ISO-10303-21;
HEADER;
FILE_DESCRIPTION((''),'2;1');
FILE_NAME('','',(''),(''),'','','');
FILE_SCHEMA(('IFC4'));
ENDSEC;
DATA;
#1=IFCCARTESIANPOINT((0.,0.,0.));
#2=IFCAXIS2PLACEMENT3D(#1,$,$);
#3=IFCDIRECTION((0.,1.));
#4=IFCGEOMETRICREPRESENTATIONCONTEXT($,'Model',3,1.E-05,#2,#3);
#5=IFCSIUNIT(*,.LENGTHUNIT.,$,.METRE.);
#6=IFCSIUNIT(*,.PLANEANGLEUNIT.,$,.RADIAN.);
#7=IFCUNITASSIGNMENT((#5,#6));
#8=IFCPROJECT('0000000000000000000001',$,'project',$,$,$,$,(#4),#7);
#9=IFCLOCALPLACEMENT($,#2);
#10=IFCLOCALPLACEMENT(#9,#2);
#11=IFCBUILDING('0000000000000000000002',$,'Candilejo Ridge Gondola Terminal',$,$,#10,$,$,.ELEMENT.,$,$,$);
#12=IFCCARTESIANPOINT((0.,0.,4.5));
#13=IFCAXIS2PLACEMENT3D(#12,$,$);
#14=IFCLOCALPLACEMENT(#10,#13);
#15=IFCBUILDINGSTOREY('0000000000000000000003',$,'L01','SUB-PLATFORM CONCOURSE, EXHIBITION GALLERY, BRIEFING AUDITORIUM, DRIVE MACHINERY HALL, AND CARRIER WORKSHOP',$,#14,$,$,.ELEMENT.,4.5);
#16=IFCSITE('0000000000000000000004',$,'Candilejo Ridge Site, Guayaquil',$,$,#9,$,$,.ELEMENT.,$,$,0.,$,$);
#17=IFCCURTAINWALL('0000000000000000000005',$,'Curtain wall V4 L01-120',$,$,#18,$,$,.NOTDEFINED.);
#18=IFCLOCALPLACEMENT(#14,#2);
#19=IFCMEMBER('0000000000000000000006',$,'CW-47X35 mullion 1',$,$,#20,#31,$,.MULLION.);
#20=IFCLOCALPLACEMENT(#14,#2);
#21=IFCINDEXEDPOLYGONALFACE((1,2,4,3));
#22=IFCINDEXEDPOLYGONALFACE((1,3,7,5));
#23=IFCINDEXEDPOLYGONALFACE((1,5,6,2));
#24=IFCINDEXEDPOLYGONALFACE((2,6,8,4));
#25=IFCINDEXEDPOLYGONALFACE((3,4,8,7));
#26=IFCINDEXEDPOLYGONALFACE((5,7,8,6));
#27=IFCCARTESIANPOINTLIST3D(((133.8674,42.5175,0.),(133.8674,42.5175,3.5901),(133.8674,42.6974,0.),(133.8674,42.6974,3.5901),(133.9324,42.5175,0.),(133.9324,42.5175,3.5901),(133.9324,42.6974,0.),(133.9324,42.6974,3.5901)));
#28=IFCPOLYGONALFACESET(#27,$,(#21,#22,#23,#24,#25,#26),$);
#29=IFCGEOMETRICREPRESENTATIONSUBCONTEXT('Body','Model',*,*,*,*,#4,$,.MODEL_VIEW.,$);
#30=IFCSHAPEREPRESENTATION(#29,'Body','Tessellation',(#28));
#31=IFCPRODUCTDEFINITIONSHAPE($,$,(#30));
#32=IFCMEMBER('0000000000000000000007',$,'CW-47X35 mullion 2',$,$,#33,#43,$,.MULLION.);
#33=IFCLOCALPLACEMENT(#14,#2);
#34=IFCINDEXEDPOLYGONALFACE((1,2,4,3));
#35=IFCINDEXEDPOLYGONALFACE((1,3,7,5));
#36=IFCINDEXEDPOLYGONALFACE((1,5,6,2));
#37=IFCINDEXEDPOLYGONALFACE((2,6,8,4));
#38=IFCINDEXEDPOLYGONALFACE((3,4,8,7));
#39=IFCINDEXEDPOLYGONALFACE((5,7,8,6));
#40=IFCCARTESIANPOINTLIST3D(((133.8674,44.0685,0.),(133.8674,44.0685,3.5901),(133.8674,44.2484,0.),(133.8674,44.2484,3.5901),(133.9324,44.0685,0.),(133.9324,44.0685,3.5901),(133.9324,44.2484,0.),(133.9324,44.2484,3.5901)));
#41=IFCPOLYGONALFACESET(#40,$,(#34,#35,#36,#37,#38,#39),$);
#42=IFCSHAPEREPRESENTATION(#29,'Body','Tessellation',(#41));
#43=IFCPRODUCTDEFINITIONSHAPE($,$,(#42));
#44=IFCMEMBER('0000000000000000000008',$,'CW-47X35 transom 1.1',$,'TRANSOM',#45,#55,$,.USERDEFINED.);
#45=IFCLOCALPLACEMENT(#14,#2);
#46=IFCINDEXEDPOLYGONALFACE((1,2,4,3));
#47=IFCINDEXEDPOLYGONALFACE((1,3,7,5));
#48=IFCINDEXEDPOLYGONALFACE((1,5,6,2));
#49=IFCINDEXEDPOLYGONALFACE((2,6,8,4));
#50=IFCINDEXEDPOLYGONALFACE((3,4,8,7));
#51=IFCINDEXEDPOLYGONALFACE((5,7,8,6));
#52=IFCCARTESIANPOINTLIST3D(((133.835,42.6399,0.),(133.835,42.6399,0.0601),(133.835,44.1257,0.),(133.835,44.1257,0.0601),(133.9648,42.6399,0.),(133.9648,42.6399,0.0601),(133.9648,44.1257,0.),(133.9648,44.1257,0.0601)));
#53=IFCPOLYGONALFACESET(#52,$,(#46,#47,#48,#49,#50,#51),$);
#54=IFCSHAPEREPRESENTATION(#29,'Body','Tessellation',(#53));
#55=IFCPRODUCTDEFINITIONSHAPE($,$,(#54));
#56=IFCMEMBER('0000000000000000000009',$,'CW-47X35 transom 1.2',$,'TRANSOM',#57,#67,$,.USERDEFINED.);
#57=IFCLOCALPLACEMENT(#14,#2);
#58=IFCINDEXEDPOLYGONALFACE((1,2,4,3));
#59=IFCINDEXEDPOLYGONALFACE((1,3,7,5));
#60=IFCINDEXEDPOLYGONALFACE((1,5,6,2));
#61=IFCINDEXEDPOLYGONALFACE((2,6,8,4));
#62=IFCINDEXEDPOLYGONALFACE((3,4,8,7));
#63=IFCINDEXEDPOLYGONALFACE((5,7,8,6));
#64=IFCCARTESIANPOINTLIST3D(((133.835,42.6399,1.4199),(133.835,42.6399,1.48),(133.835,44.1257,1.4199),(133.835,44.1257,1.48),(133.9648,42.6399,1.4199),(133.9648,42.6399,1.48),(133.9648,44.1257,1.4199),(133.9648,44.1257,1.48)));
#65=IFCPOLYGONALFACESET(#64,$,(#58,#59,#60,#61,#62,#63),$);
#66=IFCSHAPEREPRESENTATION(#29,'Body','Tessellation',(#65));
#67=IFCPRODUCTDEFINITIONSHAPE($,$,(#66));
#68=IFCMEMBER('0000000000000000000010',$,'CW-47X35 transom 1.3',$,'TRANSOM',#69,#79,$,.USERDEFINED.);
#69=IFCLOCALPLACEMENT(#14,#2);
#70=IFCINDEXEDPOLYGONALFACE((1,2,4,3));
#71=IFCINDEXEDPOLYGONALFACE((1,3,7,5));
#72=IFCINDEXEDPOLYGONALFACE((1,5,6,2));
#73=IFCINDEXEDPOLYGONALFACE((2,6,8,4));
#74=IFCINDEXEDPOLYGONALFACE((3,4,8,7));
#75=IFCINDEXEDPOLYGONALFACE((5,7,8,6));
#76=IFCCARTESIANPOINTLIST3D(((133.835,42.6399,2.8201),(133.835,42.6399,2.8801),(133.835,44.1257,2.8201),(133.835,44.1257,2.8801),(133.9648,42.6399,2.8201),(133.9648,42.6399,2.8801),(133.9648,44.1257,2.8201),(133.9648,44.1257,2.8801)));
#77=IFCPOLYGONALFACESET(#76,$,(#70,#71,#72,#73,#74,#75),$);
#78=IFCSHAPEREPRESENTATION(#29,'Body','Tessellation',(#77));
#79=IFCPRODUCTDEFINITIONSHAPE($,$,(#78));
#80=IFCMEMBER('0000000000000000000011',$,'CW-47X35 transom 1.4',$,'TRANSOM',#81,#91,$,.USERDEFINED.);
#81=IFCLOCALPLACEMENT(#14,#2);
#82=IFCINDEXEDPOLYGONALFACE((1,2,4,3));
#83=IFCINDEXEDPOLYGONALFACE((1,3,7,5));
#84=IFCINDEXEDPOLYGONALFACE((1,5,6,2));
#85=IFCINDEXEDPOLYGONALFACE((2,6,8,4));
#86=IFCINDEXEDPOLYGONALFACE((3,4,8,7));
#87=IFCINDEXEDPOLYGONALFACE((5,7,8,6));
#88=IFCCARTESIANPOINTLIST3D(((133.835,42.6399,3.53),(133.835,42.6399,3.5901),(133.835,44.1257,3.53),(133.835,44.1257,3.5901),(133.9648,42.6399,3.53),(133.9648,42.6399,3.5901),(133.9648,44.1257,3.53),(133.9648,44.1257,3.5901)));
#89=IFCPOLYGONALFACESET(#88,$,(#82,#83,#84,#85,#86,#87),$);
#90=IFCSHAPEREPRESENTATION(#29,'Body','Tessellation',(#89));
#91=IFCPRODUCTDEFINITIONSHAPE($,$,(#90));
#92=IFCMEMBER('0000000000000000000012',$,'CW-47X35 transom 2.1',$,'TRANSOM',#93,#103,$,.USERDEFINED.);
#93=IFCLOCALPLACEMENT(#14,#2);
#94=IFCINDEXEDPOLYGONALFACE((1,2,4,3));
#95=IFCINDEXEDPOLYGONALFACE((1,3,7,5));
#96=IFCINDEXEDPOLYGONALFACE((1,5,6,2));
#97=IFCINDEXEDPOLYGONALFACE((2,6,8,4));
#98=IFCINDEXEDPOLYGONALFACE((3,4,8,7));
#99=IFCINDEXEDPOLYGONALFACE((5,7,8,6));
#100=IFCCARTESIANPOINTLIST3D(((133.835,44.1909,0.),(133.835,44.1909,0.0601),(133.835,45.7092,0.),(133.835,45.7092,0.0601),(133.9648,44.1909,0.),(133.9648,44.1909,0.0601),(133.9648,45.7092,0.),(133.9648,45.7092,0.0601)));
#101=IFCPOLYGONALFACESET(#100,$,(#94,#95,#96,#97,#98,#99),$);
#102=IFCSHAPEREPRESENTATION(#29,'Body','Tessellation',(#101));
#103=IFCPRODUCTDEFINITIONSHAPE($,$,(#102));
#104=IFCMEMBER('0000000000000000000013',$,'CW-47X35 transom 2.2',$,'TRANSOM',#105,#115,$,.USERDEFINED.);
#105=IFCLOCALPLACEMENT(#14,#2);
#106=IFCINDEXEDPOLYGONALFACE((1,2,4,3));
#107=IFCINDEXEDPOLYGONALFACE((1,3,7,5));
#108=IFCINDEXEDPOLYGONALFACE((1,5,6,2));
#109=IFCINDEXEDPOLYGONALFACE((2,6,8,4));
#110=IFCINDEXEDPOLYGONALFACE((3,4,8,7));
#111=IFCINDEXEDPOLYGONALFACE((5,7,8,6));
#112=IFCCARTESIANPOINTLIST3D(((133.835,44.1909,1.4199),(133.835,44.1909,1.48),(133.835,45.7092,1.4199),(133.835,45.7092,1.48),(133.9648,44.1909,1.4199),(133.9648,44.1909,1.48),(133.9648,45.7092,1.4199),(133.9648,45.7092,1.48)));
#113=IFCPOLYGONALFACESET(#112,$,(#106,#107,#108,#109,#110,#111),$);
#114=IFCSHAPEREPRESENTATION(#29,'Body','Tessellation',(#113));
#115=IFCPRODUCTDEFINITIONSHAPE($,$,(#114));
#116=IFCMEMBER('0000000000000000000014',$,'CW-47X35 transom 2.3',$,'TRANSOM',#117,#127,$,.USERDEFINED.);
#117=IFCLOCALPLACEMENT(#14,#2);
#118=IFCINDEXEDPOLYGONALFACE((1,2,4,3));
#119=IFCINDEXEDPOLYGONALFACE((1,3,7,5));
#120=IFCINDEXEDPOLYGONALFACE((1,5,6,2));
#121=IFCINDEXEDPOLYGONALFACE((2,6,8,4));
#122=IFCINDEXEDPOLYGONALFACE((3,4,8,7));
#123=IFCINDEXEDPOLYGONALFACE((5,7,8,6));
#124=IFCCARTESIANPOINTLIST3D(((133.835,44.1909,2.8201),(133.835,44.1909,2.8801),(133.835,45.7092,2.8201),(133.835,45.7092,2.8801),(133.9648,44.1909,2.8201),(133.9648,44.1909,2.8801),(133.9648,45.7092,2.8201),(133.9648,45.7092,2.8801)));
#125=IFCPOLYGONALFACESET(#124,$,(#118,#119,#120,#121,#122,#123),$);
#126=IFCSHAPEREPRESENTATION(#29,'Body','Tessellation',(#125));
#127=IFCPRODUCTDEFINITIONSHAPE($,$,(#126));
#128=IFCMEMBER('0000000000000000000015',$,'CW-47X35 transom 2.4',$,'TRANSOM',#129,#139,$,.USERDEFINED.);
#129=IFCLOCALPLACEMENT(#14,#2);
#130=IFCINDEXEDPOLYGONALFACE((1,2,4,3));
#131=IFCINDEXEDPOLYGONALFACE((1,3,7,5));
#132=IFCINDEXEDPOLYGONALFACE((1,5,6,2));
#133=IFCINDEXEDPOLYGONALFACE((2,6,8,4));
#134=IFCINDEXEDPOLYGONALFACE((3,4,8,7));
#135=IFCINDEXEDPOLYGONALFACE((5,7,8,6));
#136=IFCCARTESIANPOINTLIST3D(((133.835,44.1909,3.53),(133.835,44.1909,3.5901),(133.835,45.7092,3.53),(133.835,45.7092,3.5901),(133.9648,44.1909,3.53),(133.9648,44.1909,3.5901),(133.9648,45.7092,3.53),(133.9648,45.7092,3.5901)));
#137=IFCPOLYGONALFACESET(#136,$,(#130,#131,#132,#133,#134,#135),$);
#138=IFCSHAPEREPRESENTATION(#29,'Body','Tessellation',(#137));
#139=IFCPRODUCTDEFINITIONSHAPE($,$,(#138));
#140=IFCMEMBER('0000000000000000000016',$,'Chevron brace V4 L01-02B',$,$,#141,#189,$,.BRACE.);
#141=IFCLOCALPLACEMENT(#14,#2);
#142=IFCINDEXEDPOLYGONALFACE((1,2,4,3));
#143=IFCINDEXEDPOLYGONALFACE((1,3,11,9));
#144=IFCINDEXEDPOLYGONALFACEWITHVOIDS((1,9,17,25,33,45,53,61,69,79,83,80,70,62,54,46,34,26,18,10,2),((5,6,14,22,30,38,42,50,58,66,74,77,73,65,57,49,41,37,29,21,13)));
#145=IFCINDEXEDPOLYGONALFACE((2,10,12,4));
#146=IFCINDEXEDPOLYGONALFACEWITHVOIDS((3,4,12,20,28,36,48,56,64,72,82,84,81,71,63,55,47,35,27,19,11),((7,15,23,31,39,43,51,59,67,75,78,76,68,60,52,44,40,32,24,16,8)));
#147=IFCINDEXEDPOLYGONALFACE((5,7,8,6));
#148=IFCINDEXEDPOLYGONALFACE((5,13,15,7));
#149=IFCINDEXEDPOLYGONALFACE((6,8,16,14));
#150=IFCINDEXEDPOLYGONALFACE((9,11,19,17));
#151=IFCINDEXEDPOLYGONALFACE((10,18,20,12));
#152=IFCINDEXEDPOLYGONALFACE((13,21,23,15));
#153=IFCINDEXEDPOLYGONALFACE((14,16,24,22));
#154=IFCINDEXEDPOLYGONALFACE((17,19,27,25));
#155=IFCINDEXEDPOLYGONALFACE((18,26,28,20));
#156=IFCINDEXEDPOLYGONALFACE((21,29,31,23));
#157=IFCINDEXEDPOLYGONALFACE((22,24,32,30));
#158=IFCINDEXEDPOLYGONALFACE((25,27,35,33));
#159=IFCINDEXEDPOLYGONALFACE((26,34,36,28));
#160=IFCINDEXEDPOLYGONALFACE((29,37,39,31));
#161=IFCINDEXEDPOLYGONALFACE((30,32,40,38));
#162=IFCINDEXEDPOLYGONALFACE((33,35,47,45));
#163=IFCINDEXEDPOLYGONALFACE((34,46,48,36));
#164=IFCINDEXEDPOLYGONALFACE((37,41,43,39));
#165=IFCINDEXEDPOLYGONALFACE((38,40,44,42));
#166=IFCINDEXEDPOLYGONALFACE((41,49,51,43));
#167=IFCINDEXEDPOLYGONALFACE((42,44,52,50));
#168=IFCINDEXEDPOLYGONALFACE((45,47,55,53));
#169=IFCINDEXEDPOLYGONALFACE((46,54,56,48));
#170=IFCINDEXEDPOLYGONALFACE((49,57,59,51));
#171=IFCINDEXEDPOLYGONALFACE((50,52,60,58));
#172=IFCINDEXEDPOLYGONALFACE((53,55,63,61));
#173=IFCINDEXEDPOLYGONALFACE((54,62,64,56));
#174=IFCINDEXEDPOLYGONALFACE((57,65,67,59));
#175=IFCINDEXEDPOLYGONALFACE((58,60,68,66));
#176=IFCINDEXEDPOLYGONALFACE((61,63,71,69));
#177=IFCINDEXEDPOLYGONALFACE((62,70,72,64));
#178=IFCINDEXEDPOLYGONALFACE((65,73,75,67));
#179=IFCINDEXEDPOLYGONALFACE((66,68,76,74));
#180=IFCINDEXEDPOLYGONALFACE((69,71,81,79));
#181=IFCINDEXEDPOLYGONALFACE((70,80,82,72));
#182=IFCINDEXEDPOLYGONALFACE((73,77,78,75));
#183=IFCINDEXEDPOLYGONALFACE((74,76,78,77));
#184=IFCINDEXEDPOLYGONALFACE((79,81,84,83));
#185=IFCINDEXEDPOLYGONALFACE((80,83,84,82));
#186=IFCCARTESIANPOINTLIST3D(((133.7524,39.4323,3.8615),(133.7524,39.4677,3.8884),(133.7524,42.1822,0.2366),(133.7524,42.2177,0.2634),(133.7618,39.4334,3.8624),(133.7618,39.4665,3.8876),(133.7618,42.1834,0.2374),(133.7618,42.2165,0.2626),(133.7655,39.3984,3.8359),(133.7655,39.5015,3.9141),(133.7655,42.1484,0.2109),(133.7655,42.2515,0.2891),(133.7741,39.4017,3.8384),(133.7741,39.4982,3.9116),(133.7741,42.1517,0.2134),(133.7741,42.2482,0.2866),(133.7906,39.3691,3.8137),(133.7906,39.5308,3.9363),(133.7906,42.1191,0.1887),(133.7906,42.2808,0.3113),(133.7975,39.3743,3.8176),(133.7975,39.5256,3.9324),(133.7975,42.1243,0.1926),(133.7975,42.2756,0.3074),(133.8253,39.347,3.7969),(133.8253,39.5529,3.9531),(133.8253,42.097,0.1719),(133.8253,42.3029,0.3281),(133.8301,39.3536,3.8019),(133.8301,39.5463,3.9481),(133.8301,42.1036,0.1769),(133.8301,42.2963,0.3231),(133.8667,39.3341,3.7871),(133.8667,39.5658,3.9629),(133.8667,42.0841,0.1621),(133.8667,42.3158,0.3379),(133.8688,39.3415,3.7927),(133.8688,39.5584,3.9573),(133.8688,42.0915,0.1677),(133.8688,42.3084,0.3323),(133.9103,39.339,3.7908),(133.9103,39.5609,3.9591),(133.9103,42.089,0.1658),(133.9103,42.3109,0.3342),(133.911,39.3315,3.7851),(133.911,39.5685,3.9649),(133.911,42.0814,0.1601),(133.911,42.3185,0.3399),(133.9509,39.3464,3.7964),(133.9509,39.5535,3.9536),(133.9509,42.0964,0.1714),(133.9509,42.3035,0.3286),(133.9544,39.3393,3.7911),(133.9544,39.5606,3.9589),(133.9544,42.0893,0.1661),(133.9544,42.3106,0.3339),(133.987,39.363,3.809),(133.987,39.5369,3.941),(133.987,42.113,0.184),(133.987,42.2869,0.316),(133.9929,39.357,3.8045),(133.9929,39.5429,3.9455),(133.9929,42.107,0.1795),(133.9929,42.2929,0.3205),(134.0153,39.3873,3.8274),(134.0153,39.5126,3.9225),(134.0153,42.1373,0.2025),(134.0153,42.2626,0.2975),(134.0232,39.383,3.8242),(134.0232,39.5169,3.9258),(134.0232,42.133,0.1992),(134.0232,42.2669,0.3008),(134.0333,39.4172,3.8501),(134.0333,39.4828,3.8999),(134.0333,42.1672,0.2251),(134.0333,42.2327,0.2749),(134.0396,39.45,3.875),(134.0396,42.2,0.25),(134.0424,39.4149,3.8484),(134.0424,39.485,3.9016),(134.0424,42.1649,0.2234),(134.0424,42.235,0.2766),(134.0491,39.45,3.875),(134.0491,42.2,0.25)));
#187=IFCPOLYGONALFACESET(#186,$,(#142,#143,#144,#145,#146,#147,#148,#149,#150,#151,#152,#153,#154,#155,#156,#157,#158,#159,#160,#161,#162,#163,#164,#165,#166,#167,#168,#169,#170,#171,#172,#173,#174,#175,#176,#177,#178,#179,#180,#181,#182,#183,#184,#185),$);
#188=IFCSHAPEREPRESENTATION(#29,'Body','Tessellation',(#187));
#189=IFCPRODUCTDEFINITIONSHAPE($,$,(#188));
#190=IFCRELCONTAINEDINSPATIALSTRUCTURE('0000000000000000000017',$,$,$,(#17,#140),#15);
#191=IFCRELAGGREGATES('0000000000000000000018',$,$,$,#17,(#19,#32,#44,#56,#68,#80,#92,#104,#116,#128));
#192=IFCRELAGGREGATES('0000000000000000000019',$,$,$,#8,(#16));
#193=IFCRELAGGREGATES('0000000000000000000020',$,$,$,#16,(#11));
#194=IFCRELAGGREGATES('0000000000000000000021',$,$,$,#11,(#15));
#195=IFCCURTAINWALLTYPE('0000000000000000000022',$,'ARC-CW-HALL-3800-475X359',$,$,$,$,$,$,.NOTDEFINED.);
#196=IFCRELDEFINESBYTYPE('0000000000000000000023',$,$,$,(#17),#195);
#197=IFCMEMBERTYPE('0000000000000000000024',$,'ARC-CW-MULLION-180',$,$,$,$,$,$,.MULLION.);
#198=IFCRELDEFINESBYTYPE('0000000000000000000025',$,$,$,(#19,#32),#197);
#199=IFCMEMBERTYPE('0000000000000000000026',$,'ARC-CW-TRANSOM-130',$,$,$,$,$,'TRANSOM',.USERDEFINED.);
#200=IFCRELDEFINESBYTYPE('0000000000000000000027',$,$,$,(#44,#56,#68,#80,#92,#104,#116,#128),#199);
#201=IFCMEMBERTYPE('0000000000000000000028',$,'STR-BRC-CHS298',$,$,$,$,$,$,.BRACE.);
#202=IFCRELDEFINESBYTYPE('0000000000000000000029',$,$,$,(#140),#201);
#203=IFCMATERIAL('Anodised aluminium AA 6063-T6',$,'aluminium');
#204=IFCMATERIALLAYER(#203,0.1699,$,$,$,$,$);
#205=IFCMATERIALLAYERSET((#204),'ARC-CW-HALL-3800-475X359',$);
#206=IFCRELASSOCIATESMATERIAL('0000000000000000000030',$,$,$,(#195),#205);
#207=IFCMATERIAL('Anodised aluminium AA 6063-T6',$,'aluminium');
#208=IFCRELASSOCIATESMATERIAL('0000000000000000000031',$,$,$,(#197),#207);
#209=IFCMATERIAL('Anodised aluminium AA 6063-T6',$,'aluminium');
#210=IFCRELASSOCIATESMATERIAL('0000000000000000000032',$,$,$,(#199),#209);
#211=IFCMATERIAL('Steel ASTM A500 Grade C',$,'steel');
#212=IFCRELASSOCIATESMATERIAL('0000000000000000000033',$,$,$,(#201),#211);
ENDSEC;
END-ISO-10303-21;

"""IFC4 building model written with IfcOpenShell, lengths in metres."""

from ifc_helpers import new_model, si_unit, direction, frame, origin, origin_2d, place, context, subcontext, project, spatial, rectangle, hollow_circle, extrude, material, layer, layer_set, material_profile, profile_set, type_object, element, aggregate, save


model = new_model("IFC4")

# Units and contexts
model_context = context("Model", 3, precision=1e-05, world=origin(), true_north=direction((0.0, 1.0)))
body_context = subcontext(model_context, "Body", "Model", "MODEL_VIEW")
ifc_project = project(units=[si_unit("LENGTHUNIT", "METRE"), si_unit("PLANEANGLEUNIT", "RADIAN")], contexts=[model_context])

# Site, building, storey
site_placement = place(None, origin())
site = spatial("IfcSite", under=ifc_project, at=site_placement, Name="Candilejo Ridge Site, Guayaquil", CompositionType="ELEMENT", RefElevation=0.0)
building_placement = place(site_placement, origin())
building = spatial("IfcBuilding", under=site, at=building_placement, Name="Candilejo Ridge Gondola Terminal", CompositionType="ELEMENT")
storey_placement = place(building_placement, frame((0.0, 0.0, 4.5)))
storey = spatial("IfcBuildingStorey", under=building, at=storey_placement, Name="L01", Description="SUB-PLATFORM CONCOURSE, EXHIBITION GALLERY, BRIEFING AUDITORIUM, DRIVE MACHINERY HALL, AND CARRIER WORKSHOP", CompositionType="ELEMENT", Elevation=4.5)

# Curtain wall, members
ifc_material_1 = material(Name="Anodised aluminium AA 6063-T6", Category="aluminium")
ifc_layer_1 = layer(ifc_material_1, 0.1699)
ifc_layer_set_1 = layer_set([ifc_layer_1], Name="ARC-CW-HALL-3800-475X359")
curtain_wall_type = type_object("IfcCurtainWallType", Name="ARC-CW-HALL-3800-475X359", PredefinedType="NOTDEFINED", material=ifc_layer_set_1)
curtain_wall_placement = place(storey_placement, origin())
curtain_wall = element("IfcCurtainWall", 1, at=curtain_wall_placement, inside=storey, type_object=curtain_wall_type, Name="Curtain wall V4 L01-120", PredefinedType="NOTDEFINED")
ifc_material_2 = material(Name="Anodised aluminium AA 6063-T6", Category="aluminium")
ifc_material_profile_1 = material_profile(ifc_material_2, rectangle(XDim=0.0649, YDim=0.1799, at=origin_2d()))
ifc_profile_set_1 = profile_set([ifc_material_profile_1], Name="Anodised aluminium AA 6063-T6")
member_type_1 = type_object("IfcMemberType", Name="ARC-CW-MULLION-180", PredefinedType="MULLION", material=ifc_profile_set_1)
member_1_placement = place(storey_placement, frame((133.8999, 42.6074, 0.0), z_axis=(0.0, 0.0, 1.0), x_axis=(-1.0, 0.0, 0.0)))
member_1 = element("IfcMember", 2, at=member_1_placement, type_object=member_type_1, Name="CW-47X35 mullion 1", PredefinedType="MULLION", context=body_context, shape_type="SweptSolid", body=[
    extrude(rectangle(XDim=0.0649, YDim=0.1799, at=origin_2d()), origin(), (0.0, 0.0, 1.0), 3.5901),
])
member_2_placement = place(storey_placement, frame((133.8999, 44.1584, 0.0), z_axis=(0.0, 0.0, 1.0), x_axis=(-1.0, 0.0, 0.0)))
member_2 = element("IfcMember", 3, at=member_2_placement, type_object=member_type_1, Name="CW-47X35 mullion 2", PredefinedType="MULLION", context=body_context, shape_type="SweptSolid", body=[
    extrude(rectangle(XDim=0.0649, YDim=0.1799, at=origin_2d()), origin(), (0.0, 0.0, 1.0), 3.5901),
])
ifc_material_3 = material(Name="Anodised aluminium AA 6063-T6", Category="aluminium")
ifc_material_profile_2 = material_profile(ifc_material_3, rectangle(XDim=0.1299, YDim=0.0601, at=origin_2d()))
ifc_profile_set_2 = profile_set([ifc_material_profile_2], Name="Anodised aluminium AA 6063-T6")
member_type_2 = type_object("IfcMemberType", Name="ARC-CW-TRANSOM-130", ElementType="TRANSOM", PredefinedType="USERDEFINED", material=ifc_profile_set_2)
member_3_placement = place(storey_placement, frame((133.8999, 42.6399, 0.03), z_axis=(0.0, 1.0, 0.0), x_axis=(-1.0, 0.0, 0.0)))
member_3 = element("IfcMember", 4, at=member_3_placement, type_object=member_type_2, Name="CW-47X35 transom 1.1", ObjectType="TRANSOM", PredefinedType="USERDEFINED", context=body_context, shape_type="SweptSolid", body=[
    extrude(rectangle(XDim=0.1299, YDim=0.0601, at=origin_2d()), origin(), (0.0, 0.0, 1.0), 1.4858),
])
member_4_placement = place(storey_placement, frame((133.8999, 42.6399, 1.45), z_axis=(0.0, 1.0, 0.0), x_axis=(-1.0, 0.0, 0.0)))
member_4 = element("IfcMember", 5, at=member_4_placement, type_object=member_type_2, Name="CW-47X35 transom 1.2", ObjectType="TRANSOM", PredefinedType="USERDEFINED", context=body_context, shape_type="SweptSolid", body=[
    extrude(rectangle(XDim=0.1299, YDim=0.0601, at=origin_2d()), origin(), (0.0, 0.0, 1.0), 1.4858),
])
member_5_placement = place(storey_placement, frame((133.8999, 42.6399, 2.8501), z_axis=(0.0, 1.0, 0.0), x_axis=(-1.0, 0.0, 0.0)))
member_5 = element("IfcMember", 6, at=member_5_placement, type_object=member_type_2, Name="CW-47X35 transom 1.3", ObjectType="TRANSOM", PredefinedType="USERDEFINED", context=body_context, shape_type="SweptSolid", body=[
    extrude(rectangle(XDim=0.1299, YDim=0.0601, at=origin_2d()), origin(), (0.0, 0.0, 1.0), 1.4858),
])
member_6_placement = place(storey_placement, frame((133.8999, 42.6399, 3.5601), z_axis=(0.0, 1.0, 0.0), x_axis=(-1.0, 0.0, 0.0)))
member_6 = element("IfcMember", 7, at=member_6_placement, type_object=member_type_2, Name="CW-47X35 transom 1.4", ObjectType="TRANSOM", PredefinedType="USERDEFINED", context=body_context, shape_type="SweptSolid", body=[
    extrude(rectangle(XDim=0.1299, YDim=0.0601, at=origin_2d()), origin(), (0.0, 0.0, 1.0), 1.4858),
])
member_7_placement = place(storey_placement, frame((133.8999, 44.1909, 0.03), z_axis=(0.0, 1.0, 0.0), x_axis=(-1.0, 0.0, 0.0)))
member_7 = element("IfcMember", 8, at=member_7_placement, type_object=member_type_2, Name="CW-47X35 transom 2.1", ObjectType="TRANSOM", PredefinedType="USERDEFINED", context=body_context, shape_type="SweptSolid", body=[
    extrude(rectangle(XDim=0.1299, YDim=0.0601, at=origin_2d()), origin(), (0.0, 0.0, 1.0), 1.5183),
])
member_8_placement = place(storey_placement, frame((133.8999, 44.1909, 1.45), z_axis=(0.0, 1.0, 0.0), x_axis=(-1.0, 0.0, 0.0)))
member_8 = element("IfcMember", 9, at=member_8_placement, type_object=member_type_2, Name="CW-47X35 transom 2.2", ObjectType="TRANSOM", PredefinedType="USERDEFINED", context=body_context, shape_type="SweptSolid", body=[
    extrude(rectangle(XDim=0.1299, YDim=0.0601, at=origin_2d()), origin(), (0.0, 0.0, 1.0), 1.5183),
])
member_9_placement = place(storey_placement, frame((133.8999, 44.1909, 2.8501), z_axis=(0.0, 1.0, 0.0), x_axis=(-1.0, 0.0, 0.0)))
member_9 = element("IfcMember", 10, at=member_9_placement, type_object=member_type_2, Name="CW-47X35 transom 2.3", ObjectType="TRANSOM", PredefinedType="USERDEFINED", context=body_context, shape_type="SweptSolid", body=[
    extrude(rectangle(XDim=0.1299, YDim=0.0601, at=origin_2d()), origin(), (0.0, 0.0, 1.0), 1.5183),
])
member_10_placement = place(storey_placement, frame((133.8999, 44.1909, 3.5601), z_axis=(0.0, 1.0, 0.0), x_axis=(-1.0, 0.0, 0.0)))
member_10 = element("IfcMember", 11, at=member_10_placement, type_object=member_type_2, Name="CW-47X35 transom 2.4", ObjectType="TRANSOM", PredefinedType="USERDEFINED", context=body_context, shape_type="SweptSolid", body=[
    extrude(rectangle(XDim=0.1299, YDim=0.0601, at=origin_2d()), origin(), (0.0, 0.0, 1.0), 1.5183),
])

# Member
ifc_material_4 = material(Name="Steel ASTM A500 Grade C", Category="steel")
ifc_material_profile_3 = material_profile(ifc_material_4, hollow_circle(Radius=0.1492, WallThickness=0.0095, at=origin_2d()))
ifc_profile_set_3 = profile_set([ifc_material_profile_3], Name="Steel ASTM A500 Grade C")
member_type_3 = type_object("IfcMemberType", Name="STR-BRC-CHS298", PredefinedType="BRACE", material=ifc_profile_set_3)
member_11_placement = place(storey_placement, frame((133.8999, 42.2, 0.25), z_axis=(0.0, -0.604386, 0.796691), x_axis=(1.0, 0.0, 0.0)))
element("IfcMember", 12, at=member_11_placement, inside=storey, type_object=member_type_3, Name="Chevron brace V4 L01-02B", PredefinedType="BRACE", context=body_context, shape_type="SweptSolid", body=[
    extrude(hollow_circle(Radius=0.1492, WallThickness=0.0095, at=origin_2d()), origin(), (0.0, 0.0, 1.0), 4.55),
])

aggregate(curtain_wall, [member_1, member_2, member_3, member_4, member_5, member_6, member_7, member_8, member_9, member_10])

save(model, "model.ifc")
